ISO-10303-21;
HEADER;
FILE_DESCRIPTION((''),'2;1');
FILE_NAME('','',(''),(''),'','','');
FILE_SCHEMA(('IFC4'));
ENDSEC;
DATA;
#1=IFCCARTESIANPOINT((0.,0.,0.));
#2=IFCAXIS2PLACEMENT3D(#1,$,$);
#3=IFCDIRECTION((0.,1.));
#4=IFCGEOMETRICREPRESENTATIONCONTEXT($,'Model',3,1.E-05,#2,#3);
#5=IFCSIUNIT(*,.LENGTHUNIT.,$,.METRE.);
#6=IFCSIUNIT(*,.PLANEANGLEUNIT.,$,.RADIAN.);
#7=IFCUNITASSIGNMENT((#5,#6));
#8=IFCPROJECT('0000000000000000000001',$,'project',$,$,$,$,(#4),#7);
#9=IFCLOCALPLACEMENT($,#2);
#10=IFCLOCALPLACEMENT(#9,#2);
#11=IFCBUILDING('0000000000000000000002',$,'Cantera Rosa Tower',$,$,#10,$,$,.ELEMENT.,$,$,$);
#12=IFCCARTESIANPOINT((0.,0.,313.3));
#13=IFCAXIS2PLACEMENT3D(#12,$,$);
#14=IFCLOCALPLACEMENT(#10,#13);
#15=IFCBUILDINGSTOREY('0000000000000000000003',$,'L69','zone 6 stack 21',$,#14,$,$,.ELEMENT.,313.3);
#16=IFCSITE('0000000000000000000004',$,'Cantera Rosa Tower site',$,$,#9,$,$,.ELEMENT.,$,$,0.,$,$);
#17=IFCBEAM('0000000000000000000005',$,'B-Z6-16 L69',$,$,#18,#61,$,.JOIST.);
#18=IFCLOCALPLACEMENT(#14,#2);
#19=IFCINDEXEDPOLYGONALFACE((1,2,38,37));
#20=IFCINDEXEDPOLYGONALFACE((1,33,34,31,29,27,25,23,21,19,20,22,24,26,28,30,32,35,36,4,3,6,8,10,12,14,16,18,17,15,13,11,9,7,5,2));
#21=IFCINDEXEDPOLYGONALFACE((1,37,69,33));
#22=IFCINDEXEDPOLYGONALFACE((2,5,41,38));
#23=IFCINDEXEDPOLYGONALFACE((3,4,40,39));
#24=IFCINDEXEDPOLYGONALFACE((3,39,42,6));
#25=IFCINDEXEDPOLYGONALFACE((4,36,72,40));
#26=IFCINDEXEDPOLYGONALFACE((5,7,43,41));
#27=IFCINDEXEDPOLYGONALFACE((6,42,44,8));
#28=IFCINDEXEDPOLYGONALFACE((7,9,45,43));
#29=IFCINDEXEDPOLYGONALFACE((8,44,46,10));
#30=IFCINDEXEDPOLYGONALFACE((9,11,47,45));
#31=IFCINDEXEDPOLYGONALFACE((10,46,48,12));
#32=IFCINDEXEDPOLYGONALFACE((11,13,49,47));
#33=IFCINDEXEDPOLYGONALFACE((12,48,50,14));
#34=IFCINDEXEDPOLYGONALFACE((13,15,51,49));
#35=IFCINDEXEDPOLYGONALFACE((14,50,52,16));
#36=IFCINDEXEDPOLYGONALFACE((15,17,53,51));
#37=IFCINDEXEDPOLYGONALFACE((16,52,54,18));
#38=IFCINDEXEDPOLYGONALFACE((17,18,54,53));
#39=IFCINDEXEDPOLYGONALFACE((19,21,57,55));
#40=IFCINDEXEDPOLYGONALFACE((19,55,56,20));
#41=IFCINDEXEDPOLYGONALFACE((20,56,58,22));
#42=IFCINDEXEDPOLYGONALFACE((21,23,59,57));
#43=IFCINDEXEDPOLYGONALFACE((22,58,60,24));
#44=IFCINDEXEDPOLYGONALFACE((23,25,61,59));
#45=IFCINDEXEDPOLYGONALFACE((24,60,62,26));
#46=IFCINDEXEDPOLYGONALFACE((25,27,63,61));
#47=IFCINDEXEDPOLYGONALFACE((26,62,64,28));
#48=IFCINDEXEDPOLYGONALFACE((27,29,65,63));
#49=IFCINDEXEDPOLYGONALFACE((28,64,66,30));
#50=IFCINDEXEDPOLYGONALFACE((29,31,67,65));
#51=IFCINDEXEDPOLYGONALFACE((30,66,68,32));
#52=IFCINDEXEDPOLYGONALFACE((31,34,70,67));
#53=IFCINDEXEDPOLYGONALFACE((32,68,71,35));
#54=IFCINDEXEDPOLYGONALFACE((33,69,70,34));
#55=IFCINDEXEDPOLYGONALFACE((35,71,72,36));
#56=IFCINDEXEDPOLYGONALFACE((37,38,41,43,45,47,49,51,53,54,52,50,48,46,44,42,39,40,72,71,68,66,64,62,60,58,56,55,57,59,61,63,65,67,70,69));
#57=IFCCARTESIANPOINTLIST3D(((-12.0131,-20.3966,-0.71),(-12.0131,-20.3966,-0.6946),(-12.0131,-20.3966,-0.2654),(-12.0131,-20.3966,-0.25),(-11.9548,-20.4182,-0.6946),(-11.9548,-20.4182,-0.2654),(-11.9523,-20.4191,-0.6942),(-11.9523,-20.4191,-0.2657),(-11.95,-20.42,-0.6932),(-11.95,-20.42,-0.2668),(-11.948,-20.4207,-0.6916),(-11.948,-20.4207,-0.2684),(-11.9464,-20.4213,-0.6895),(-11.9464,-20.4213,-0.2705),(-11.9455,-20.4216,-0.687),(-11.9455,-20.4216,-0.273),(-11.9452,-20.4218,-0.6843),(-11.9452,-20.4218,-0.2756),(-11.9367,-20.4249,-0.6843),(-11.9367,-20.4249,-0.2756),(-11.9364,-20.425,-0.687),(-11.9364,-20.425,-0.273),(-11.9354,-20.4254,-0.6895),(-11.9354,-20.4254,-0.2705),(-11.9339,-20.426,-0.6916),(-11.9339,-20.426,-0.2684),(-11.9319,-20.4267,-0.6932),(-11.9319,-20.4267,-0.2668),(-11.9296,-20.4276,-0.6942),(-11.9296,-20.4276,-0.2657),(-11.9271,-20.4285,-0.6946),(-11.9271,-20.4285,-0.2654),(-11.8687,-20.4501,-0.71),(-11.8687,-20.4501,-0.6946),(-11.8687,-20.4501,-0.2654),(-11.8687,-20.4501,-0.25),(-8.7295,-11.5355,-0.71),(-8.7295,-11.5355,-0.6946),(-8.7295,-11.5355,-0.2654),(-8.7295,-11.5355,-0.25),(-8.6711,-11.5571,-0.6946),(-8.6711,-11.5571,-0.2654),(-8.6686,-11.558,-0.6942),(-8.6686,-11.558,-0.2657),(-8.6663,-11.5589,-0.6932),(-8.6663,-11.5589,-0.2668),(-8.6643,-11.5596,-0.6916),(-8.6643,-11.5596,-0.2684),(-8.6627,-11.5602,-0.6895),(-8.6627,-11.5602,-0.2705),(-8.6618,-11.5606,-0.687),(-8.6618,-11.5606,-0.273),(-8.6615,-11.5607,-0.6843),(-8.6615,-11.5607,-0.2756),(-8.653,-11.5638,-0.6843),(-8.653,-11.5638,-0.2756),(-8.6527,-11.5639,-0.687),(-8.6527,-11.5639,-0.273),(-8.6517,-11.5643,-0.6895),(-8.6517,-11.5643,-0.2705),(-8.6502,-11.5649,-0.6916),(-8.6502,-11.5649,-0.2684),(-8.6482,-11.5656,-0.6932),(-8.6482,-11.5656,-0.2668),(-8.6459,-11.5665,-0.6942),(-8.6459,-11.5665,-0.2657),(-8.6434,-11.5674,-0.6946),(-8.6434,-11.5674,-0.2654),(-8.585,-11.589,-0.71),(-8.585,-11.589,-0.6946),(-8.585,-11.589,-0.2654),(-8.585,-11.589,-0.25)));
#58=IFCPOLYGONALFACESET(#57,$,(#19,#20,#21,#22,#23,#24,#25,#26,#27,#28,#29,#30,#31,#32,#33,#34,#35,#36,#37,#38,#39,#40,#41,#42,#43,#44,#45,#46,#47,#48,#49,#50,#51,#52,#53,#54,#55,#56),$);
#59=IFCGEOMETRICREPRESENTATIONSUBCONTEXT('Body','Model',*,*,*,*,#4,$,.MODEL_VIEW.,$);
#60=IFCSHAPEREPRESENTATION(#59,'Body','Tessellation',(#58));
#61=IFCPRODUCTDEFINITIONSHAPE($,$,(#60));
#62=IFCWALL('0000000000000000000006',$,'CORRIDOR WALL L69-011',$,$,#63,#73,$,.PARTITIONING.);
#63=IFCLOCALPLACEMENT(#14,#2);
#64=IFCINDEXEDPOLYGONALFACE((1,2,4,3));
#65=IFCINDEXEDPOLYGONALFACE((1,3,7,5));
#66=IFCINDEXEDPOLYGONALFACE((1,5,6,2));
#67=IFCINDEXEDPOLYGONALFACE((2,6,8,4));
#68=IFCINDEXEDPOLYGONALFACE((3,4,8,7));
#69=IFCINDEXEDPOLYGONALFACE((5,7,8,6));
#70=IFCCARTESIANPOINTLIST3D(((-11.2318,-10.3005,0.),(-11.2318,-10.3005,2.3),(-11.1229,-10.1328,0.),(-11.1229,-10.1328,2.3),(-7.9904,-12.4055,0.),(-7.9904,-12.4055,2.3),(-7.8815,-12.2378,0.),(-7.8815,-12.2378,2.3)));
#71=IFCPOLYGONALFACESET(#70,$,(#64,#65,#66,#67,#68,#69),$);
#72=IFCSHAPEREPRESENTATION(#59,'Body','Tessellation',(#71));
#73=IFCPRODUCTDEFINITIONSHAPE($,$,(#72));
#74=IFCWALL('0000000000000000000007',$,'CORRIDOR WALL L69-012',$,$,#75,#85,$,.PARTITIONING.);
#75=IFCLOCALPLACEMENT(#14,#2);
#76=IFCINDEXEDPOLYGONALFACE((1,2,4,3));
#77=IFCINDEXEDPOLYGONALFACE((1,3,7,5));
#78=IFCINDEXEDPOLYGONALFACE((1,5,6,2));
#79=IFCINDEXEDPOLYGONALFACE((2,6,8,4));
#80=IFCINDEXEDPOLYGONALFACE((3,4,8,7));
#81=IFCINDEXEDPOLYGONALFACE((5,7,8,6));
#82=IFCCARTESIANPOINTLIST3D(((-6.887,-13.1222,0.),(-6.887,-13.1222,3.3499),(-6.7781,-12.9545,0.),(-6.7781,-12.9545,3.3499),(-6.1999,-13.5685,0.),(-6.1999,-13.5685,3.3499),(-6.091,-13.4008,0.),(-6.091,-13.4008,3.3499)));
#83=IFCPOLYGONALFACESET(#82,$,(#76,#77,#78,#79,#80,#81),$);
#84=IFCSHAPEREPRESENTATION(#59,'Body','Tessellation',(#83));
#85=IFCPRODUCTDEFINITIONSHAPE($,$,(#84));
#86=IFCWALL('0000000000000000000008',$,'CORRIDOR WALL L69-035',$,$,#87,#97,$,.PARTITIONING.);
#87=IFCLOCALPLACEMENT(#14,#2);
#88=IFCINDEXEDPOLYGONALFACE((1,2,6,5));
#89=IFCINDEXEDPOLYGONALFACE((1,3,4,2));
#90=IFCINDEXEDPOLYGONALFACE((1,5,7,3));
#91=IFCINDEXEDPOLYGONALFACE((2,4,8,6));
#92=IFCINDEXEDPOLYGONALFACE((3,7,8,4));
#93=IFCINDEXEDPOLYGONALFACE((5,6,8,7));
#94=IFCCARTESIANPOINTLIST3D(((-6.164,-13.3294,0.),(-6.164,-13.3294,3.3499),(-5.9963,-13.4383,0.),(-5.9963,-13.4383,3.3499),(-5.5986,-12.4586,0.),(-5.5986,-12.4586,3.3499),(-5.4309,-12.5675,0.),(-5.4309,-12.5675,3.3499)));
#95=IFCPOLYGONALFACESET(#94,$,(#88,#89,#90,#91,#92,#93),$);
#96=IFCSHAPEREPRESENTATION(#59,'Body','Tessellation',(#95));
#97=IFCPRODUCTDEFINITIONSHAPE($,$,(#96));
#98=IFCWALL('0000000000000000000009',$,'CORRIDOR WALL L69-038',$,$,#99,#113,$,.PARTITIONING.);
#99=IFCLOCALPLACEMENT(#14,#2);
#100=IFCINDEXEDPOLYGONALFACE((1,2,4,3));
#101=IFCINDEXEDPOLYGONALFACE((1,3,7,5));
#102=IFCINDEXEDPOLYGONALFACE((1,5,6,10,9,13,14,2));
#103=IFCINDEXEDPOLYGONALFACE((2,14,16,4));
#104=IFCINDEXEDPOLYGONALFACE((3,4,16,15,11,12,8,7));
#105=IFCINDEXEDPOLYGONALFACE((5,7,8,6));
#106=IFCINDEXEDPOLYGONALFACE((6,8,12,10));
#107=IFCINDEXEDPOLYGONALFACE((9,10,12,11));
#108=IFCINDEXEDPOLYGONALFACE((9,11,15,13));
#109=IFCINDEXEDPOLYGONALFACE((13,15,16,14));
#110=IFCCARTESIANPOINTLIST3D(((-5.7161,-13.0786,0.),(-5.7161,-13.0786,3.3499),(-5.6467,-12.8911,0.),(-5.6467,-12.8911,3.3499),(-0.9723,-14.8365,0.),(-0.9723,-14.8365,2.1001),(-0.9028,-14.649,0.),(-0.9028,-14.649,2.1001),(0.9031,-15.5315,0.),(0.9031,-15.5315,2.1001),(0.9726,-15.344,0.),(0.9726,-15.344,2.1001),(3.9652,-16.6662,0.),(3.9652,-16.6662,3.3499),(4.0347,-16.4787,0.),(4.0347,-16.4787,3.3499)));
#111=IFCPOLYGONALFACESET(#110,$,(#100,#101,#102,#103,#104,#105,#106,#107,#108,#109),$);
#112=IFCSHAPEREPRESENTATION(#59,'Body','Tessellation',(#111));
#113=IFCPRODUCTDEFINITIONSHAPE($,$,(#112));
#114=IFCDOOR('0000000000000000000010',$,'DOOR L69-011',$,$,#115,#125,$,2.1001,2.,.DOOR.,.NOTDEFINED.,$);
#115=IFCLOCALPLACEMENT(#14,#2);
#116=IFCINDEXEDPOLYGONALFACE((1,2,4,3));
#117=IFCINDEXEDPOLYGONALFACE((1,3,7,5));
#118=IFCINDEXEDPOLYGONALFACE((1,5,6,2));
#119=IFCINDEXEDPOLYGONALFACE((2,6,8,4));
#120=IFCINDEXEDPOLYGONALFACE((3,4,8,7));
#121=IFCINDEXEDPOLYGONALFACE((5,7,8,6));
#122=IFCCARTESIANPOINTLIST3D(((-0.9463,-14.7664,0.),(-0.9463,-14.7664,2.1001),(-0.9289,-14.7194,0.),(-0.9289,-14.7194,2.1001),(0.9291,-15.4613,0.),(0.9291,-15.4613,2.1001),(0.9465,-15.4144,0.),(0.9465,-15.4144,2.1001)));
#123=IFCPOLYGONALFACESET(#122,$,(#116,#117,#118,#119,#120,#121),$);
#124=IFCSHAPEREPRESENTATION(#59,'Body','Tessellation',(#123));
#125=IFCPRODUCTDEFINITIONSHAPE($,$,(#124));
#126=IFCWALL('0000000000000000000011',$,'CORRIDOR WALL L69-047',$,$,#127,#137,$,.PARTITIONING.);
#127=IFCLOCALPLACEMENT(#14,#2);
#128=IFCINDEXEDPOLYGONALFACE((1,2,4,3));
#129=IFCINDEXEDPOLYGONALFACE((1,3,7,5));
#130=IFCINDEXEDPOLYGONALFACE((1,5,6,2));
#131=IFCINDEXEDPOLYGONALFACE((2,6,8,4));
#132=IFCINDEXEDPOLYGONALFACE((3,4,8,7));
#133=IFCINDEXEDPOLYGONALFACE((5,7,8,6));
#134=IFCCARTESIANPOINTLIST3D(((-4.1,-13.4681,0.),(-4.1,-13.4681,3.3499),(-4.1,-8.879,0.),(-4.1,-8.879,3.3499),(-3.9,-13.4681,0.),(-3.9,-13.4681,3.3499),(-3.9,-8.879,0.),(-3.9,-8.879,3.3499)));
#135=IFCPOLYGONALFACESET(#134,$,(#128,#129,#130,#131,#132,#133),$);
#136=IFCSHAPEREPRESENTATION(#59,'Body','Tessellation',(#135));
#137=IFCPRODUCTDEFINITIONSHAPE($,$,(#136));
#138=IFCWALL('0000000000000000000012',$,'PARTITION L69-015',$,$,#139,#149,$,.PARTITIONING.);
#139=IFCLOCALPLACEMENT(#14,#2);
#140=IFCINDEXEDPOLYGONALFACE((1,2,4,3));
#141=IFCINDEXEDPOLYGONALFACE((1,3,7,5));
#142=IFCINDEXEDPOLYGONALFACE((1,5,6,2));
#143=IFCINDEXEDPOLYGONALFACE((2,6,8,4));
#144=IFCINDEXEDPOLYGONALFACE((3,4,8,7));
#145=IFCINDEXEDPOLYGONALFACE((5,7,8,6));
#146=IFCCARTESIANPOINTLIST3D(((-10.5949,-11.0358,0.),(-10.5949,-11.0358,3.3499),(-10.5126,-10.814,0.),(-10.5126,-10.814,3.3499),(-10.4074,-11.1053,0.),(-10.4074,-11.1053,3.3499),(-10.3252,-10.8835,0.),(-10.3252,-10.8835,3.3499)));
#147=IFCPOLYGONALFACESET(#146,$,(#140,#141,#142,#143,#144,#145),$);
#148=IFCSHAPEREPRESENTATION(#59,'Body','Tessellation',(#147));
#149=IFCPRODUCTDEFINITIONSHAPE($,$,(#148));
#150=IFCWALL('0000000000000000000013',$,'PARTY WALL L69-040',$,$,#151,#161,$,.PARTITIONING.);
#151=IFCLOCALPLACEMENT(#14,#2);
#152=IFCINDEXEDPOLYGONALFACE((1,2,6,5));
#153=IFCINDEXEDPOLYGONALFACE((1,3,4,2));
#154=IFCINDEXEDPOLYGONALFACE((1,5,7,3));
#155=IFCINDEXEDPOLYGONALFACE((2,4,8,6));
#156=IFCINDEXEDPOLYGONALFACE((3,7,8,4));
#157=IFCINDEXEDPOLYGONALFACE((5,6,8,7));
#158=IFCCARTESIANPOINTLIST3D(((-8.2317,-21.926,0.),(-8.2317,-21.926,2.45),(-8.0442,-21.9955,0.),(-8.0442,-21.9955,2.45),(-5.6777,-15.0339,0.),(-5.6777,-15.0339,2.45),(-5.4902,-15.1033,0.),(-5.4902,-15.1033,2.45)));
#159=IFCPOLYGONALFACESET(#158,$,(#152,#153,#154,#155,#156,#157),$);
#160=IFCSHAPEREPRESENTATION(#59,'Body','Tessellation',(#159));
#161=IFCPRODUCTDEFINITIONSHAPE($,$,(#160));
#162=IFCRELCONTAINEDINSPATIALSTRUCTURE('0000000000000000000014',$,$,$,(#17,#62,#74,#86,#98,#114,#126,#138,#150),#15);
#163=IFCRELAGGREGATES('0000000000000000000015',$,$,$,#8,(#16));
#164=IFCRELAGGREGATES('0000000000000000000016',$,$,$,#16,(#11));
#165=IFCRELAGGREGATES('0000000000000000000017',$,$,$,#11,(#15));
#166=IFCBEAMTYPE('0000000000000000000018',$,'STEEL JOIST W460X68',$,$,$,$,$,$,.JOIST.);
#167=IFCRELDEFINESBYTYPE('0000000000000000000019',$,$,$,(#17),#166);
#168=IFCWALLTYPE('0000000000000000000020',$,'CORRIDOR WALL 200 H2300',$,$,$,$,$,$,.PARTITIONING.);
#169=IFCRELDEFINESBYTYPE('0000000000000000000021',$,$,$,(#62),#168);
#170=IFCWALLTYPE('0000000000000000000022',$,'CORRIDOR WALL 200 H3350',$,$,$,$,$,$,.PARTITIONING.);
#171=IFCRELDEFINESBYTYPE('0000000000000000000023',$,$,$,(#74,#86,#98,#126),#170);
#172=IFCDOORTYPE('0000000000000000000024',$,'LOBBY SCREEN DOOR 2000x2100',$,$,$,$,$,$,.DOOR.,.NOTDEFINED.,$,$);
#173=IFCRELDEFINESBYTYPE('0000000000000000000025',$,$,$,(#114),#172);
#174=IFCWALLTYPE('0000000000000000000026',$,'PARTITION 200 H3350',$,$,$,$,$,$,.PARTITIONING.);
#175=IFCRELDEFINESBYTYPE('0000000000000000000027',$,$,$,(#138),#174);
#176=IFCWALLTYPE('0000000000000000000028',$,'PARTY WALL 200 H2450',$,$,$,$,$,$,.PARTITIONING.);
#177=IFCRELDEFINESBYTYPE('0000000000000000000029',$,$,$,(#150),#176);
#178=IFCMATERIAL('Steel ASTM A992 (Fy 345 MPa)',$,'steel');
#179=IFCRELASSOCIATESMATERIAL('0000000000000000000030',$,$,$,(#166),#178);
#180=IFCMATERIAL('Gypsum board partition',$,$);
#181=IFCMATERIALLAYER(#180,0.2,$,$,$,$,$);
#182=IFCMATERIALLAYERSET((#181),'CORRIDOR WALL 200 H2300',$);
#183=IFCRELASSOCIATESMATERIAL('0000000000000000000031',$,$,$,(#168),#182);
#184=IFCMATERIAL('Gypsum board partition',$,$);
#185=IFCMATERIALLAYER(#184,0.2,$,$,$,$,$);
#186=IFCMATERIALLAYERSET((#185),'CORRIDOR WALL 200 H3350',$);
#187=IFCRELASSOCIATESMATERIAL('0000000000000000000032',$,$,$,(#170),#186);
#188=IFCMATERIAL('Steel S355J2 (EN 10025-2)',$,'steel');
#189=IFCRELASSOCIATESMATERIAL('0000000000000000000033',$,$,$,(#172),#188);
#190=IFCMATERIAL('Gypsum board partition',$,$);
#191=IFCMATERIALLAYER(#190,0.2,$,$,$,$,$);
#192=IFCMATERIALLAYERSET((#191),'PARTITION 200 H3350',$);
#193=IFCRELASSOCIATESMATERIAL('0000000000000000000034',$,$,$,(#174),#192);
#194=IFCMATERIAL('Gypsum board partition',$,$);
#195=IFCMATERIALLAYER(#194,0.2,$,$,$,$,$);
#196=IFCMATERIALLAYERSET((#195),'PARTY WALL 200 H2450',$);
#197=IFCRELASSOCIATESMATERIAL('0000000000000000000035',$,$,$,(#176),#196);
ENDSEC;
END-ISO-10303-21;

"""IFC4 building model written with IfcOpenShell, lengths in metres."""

from ifc_helpers import new_model, si_unit, direction, frame, frame_2d, origin, origin_2d, place, context, subcontext, project, spatial, rectangle, i_section, extrude, material, layer, layer_set, material_profile, profile_set, type_object, element, fill, save


model = new_model("IFC4")

# Units and contexts
model_context = context("Model", 3, precision=1e-05, world=origin(), true_north=direction((0.0, 1.0)))
body_context = subcontext(model_context, "Body", "Model", "MODEL_VIEW")
ifc_project = project(units=[si_unit("LENGTHUNIT", "METRE"), si_unit("PLANEANGLEUNIT", "RADIAN")], contexts=[model_context])

# Site, building, storey
site_placement = place(None, origin())
site = spatial("IfcSite", under=ifc_project, at=site_placement, Name="Cantera Rosa Tower site", CompositionType="ELEMENT", RefElevation=0.0)
building_placement = place(site_placement, origin())
building = spatial("IfcBuilding", under=site, at=building_placement, Name="Cantera Rosa Tower", CompositionType="ELEMENT")
storey_placement = place(building_placement, frame((0.0, 0.0, 313.3)))
storey = spatial("IfcBuildingStorey", under=building, at=storey_placement, Name="L69", Description="zone 6 stack 21", CompositionType="ELEMENT", Elevation=313.3)

# Beam
ifc_material_1 = material(Name="Steel ASTM A992 (Fy 345 MPa)", Category="steel")
ifc_material_profile = material_profile(ifc_material_1, i_section(OverallWidth=0.1541, OverallDepth=0.46, WebThickness=0.009, FlangeThickness=0.0154, FilletRadius=0.0103, at=origin_2d()), Name="W460X68")
ifc_profile_set = profile_set([ifc_material_profile], Name="Steel ASTM A992 (Fy 345 MPa)")
beam_type = type_object("IfcBeamType", Name="STEEL JOIST W460X68", PredefinedType="JOIST", material=ifc_profile_set)
beam_placement = place(storey_placement, frame((-11.9409, -20.4233, -0.48), z_axis=(0.347483, 0.937686, 0.0), x_axis=(-0.937686, 0.347483, 0.0)))
element("IfcBeam", 1, at=beam_placement, inside=storey, type_object=beam_type, Name="B-Z6-16 L69", PredefinedType="JOIST", context=body_context, shape_type="SweptSolid", body=[
    extrude(i_section(OverallWidth=0.1541, OverallDepth=0.46, WebThickness=0.009, FlangeThickness=0.0154, FilletRadius=0.0103, at=origin_2d()), origin(), (0.0, 0.0, 1.0), 9.45),
])

# Walls
ifc_material_2 = material(Name="Gypsum board partition")
ifc_layer_1 = layer(ifc_material_2, 0.2)
ifc_layer_set_1 = layer_set([ifc_layer_1], Name="CORRIDOR WALL 200 H2300")
wall_type_1 = type_object("IfcWallType", Name="CORRIDOR WALL 200 H2300", PredefinedType="PARTITIONING", material=ifc_layer_set_1)
wall_1_placement = place(storey_placement, frame((-11.1775, -10.2166, 0.0), z_axis=(0.0, 0.0, 1.0), x_axis=(0.838676, -0.544631, 0.0)))
element("IfcWall", 2, at=wall_1_placement, inside=storey, type_object=wall_type_1, Name="CORRIDOR WALL L69-011", PredefinedType="PARTITIONING", context=body_context, shape_type="SweptSolid", body=[
    extrude(rectangle(XDim=3.865, YDim=0.2, at=frame_2d((1.9326, 0.0))), origin(), (0.0, 0.0, 1.0), 2.3),
])
ifc_material_3 = material(Name="Gypsum board partition")
ifc_layer_2 = layer(ifc_material_3, 0.2)
ifc_layer_set_2 = layer_set([ifc_layer_2], Name="CORRIDOR WALL 200 H3350")
wall_type_2 = type_object("IfcWallType", Name="CORRIDOR WALL 200 H3350", PredefinedType="PARTITIONING", material=ifc_layer_set_2)
wall_2_placement = place(storey_placement, frame((-6.8325, -13.0383, 0.0), z_axis=(0.0, 0.0, 1.0), x_axis=(0.838593, -0.544758, 0.0)))
element("IfcWall", 3, at=wall_2_placement, inside=storey, type_object=wall_type_2, Name="CORRIDOR WALL L69-012", PredefinedType="PARTITIONING", context=body_context, shape_type="SweptSolid", body=[
    extrude(rectangle(XDim=0.8193, YDim=0.2, at=frame_2d((0.4097, 0.0))), origin(), (0.0, 0.0, 1.0), 3.3499),
])
wall_3_placement = place(storey_placement, frame((-6.0801, -13.3838, 0.0), z_axis=(0.0, 0.0, 1.0), x_axis=(0.544567, 0.838717, 0.0)))
element("IfcWall", 4, at=wall_3_placement, inside=storey, type_object=wall_type_2, Name="CORRIDOR WALL L69-035", PredefinedType="PARTITIONING", context=body_context, shape_type="SweptSolid", body=[
    extrude(rectangle(XDim=1.0383, YDim=0.2, at=frame_2d((0.519, 0.0))), origin(), (0.0, 0.0, 1.0), 3.3499),
])

# Wall, opening, door
wall_4_placement = place(storey_placement, frame((-5.6814, -12.9849, 0.0), z_axis=(0.0, 0.0, 1.0), x_axis=(0.937687, -0.34748, 0.0)))
wall_4 = element("IfcWall", 5, at=wall_4_placement, inside=storey, type_object=wall_type_2, Name="CORRIDOR WALL L69-038", PredefinedType="PARTITIONING", context=body_context, shape_type="SweptSolid", body=[
    extrude(rectangle(XDim=10.3247, YDim=0.2, at=frame_2d((5.1624, 0.0))), origin(), (0.0, 0.0, 1.0), 3.3499),
])
opening_1_placement = place(wall_4_placement, frame((5.0591, 0.0, 0.0)))
opening_1 = element("IfcOpeningElement", 6, at=opening_1_placement, cuts=wall_4, PredefinedType="OPENING", context=body_context, shape_type="SweptSolid", body=[
    extrude(rectangle(XDim=2.0, YDim=2.1001, at=frame_2d((1.0, 1.05))), frame((0.0, 0.1099, 0.0), z_axis=(0.0, -1.0, 0.0), x_axis=(1.0, 0.0, 0.0)), (0.0, 0.0, 1.0), 0.22),
])
ifc_material_4 = material(Name="Steel S355J2 (EN 10025-2)", Category="steel")
door_type_1 = type_object("IfcDoorType", Name="LOBBY SCREEN DOOR 2000x2100", OperationType="NOTDEFINED", PredefinedType="DOOR", material=ifc_material_4)
door_1_placement = place(opening_1_placement, origin())
door_1 = element("IfcDoor", 7, at=door_1_placement, inside=storey, type_object=door_type_1, Name="DOOR L69-011", OperationType="NOTDEFINED", OverallHeight=2.1001, OverallWidth=2.0, PredefinedType="DOOR", context=body_context, shape_type="SweptSolid", body=[
    extrude(rectangle(XDim=2.0, YDim=2.1001, at=frame_2d((1.0, 1.05))), frame((0.0, 0.0249, 0.0), z_axis=(0.0, -1.0, 0.0), x_axis=(1.0, 0.0, 0.0)), (0.0, 0.0, 1.0), 0.05),
])
fill(opening_1, door_1)

# Walls
wall_5_placement = place(storey_placement, frame((-4.0, -13.468, 0.0), z_axis=(0.0, 0.0, 1.0), x_axis=(0.0, 1.0, 0.0)))
element("IfcWall", 8, at=wall_5_placement, inside=storey, type_object=wall_type_2, Name="CORRIDOR WALL L69-047", PredefinedType="PARTITIONING", context=body_context, shape_type="SweptSolid", body=[
    extrude(rectangle(XDim=4.5891, YDim=0.2, at=frame_2d((2.2944, 0.0))), origin(), (0.0, 0.0, 1.0), 3.3499),
])
ifc_material_5 = material(Name="Gypsum board partition")
ifc_layer_3 = layer(ifc_material_5, 0.2)
ifc_layer_set_3 = layer_set([ifc_layer_3], Name="PARTITION 200 H3350")
wall_type_3 = type_object("IfcWallType", Name="PARTITION 200 H3350", PredefinedType="PARTITIONING", material=ifc_layer_set_3)
wall_6_placement = place(storey_placement, frame((-10.4189, -10.8489, 0.0), z_axis=(0.0, 0.0, 1.0), x_axis=(-0.347617, -0.937637, 0.0)))
element("IfcWall", 9, at=wall_6_placement, inside=storey, type_object=wall_type_3, Name="PARTITION L69-015", PredefinedType="PARTITIONING", context=body_context, shape_type="SweptSolid", body=[
    extrude(rectangle(XDim=0.2366, YDim=0.2, at=frame_2d((0.1182, 0.0))), origin(), (0.0, 0.0, 1.0), 3.3499),
])
ifc_material_6 = material(Name="Gypsum board partition")
ifc_layer_4 = layer(ifc_material_6, 0.2)
ifc_layer_set_4 = layer_set([ifc_layer_4], Name="PARTY WALL 200 H2450")
wall_type_4 = type_object("IfcWallType", Name="PARTY WALL 200 H2450", PredefinedType="PARTITIONING", material=ifc_layer_set_4)
wall_7_placement = place(storey_placement, frame((-5.584, -15.0686, 0.0), z_axis=(0.0, 0.0, 1.0), x_axis=(-0.347473, -0.93769, 0.0)))
element("IfcWall", 10, at=wall_7_placement, inside=storey, type_object=wall_type_4, Name="PARTY WALL L69-040", PredefinedType="PARTITIONING", context=body_context, shape_type="SweptSolid", body=[
    extrude(rectangle(XDim=7.3501, YDim=0.2, at=frame_2d((3.675, 0.0))), origin(), (0.0, 0.0, 1.0), 2.45),
])

save(model, "model.ifc")
